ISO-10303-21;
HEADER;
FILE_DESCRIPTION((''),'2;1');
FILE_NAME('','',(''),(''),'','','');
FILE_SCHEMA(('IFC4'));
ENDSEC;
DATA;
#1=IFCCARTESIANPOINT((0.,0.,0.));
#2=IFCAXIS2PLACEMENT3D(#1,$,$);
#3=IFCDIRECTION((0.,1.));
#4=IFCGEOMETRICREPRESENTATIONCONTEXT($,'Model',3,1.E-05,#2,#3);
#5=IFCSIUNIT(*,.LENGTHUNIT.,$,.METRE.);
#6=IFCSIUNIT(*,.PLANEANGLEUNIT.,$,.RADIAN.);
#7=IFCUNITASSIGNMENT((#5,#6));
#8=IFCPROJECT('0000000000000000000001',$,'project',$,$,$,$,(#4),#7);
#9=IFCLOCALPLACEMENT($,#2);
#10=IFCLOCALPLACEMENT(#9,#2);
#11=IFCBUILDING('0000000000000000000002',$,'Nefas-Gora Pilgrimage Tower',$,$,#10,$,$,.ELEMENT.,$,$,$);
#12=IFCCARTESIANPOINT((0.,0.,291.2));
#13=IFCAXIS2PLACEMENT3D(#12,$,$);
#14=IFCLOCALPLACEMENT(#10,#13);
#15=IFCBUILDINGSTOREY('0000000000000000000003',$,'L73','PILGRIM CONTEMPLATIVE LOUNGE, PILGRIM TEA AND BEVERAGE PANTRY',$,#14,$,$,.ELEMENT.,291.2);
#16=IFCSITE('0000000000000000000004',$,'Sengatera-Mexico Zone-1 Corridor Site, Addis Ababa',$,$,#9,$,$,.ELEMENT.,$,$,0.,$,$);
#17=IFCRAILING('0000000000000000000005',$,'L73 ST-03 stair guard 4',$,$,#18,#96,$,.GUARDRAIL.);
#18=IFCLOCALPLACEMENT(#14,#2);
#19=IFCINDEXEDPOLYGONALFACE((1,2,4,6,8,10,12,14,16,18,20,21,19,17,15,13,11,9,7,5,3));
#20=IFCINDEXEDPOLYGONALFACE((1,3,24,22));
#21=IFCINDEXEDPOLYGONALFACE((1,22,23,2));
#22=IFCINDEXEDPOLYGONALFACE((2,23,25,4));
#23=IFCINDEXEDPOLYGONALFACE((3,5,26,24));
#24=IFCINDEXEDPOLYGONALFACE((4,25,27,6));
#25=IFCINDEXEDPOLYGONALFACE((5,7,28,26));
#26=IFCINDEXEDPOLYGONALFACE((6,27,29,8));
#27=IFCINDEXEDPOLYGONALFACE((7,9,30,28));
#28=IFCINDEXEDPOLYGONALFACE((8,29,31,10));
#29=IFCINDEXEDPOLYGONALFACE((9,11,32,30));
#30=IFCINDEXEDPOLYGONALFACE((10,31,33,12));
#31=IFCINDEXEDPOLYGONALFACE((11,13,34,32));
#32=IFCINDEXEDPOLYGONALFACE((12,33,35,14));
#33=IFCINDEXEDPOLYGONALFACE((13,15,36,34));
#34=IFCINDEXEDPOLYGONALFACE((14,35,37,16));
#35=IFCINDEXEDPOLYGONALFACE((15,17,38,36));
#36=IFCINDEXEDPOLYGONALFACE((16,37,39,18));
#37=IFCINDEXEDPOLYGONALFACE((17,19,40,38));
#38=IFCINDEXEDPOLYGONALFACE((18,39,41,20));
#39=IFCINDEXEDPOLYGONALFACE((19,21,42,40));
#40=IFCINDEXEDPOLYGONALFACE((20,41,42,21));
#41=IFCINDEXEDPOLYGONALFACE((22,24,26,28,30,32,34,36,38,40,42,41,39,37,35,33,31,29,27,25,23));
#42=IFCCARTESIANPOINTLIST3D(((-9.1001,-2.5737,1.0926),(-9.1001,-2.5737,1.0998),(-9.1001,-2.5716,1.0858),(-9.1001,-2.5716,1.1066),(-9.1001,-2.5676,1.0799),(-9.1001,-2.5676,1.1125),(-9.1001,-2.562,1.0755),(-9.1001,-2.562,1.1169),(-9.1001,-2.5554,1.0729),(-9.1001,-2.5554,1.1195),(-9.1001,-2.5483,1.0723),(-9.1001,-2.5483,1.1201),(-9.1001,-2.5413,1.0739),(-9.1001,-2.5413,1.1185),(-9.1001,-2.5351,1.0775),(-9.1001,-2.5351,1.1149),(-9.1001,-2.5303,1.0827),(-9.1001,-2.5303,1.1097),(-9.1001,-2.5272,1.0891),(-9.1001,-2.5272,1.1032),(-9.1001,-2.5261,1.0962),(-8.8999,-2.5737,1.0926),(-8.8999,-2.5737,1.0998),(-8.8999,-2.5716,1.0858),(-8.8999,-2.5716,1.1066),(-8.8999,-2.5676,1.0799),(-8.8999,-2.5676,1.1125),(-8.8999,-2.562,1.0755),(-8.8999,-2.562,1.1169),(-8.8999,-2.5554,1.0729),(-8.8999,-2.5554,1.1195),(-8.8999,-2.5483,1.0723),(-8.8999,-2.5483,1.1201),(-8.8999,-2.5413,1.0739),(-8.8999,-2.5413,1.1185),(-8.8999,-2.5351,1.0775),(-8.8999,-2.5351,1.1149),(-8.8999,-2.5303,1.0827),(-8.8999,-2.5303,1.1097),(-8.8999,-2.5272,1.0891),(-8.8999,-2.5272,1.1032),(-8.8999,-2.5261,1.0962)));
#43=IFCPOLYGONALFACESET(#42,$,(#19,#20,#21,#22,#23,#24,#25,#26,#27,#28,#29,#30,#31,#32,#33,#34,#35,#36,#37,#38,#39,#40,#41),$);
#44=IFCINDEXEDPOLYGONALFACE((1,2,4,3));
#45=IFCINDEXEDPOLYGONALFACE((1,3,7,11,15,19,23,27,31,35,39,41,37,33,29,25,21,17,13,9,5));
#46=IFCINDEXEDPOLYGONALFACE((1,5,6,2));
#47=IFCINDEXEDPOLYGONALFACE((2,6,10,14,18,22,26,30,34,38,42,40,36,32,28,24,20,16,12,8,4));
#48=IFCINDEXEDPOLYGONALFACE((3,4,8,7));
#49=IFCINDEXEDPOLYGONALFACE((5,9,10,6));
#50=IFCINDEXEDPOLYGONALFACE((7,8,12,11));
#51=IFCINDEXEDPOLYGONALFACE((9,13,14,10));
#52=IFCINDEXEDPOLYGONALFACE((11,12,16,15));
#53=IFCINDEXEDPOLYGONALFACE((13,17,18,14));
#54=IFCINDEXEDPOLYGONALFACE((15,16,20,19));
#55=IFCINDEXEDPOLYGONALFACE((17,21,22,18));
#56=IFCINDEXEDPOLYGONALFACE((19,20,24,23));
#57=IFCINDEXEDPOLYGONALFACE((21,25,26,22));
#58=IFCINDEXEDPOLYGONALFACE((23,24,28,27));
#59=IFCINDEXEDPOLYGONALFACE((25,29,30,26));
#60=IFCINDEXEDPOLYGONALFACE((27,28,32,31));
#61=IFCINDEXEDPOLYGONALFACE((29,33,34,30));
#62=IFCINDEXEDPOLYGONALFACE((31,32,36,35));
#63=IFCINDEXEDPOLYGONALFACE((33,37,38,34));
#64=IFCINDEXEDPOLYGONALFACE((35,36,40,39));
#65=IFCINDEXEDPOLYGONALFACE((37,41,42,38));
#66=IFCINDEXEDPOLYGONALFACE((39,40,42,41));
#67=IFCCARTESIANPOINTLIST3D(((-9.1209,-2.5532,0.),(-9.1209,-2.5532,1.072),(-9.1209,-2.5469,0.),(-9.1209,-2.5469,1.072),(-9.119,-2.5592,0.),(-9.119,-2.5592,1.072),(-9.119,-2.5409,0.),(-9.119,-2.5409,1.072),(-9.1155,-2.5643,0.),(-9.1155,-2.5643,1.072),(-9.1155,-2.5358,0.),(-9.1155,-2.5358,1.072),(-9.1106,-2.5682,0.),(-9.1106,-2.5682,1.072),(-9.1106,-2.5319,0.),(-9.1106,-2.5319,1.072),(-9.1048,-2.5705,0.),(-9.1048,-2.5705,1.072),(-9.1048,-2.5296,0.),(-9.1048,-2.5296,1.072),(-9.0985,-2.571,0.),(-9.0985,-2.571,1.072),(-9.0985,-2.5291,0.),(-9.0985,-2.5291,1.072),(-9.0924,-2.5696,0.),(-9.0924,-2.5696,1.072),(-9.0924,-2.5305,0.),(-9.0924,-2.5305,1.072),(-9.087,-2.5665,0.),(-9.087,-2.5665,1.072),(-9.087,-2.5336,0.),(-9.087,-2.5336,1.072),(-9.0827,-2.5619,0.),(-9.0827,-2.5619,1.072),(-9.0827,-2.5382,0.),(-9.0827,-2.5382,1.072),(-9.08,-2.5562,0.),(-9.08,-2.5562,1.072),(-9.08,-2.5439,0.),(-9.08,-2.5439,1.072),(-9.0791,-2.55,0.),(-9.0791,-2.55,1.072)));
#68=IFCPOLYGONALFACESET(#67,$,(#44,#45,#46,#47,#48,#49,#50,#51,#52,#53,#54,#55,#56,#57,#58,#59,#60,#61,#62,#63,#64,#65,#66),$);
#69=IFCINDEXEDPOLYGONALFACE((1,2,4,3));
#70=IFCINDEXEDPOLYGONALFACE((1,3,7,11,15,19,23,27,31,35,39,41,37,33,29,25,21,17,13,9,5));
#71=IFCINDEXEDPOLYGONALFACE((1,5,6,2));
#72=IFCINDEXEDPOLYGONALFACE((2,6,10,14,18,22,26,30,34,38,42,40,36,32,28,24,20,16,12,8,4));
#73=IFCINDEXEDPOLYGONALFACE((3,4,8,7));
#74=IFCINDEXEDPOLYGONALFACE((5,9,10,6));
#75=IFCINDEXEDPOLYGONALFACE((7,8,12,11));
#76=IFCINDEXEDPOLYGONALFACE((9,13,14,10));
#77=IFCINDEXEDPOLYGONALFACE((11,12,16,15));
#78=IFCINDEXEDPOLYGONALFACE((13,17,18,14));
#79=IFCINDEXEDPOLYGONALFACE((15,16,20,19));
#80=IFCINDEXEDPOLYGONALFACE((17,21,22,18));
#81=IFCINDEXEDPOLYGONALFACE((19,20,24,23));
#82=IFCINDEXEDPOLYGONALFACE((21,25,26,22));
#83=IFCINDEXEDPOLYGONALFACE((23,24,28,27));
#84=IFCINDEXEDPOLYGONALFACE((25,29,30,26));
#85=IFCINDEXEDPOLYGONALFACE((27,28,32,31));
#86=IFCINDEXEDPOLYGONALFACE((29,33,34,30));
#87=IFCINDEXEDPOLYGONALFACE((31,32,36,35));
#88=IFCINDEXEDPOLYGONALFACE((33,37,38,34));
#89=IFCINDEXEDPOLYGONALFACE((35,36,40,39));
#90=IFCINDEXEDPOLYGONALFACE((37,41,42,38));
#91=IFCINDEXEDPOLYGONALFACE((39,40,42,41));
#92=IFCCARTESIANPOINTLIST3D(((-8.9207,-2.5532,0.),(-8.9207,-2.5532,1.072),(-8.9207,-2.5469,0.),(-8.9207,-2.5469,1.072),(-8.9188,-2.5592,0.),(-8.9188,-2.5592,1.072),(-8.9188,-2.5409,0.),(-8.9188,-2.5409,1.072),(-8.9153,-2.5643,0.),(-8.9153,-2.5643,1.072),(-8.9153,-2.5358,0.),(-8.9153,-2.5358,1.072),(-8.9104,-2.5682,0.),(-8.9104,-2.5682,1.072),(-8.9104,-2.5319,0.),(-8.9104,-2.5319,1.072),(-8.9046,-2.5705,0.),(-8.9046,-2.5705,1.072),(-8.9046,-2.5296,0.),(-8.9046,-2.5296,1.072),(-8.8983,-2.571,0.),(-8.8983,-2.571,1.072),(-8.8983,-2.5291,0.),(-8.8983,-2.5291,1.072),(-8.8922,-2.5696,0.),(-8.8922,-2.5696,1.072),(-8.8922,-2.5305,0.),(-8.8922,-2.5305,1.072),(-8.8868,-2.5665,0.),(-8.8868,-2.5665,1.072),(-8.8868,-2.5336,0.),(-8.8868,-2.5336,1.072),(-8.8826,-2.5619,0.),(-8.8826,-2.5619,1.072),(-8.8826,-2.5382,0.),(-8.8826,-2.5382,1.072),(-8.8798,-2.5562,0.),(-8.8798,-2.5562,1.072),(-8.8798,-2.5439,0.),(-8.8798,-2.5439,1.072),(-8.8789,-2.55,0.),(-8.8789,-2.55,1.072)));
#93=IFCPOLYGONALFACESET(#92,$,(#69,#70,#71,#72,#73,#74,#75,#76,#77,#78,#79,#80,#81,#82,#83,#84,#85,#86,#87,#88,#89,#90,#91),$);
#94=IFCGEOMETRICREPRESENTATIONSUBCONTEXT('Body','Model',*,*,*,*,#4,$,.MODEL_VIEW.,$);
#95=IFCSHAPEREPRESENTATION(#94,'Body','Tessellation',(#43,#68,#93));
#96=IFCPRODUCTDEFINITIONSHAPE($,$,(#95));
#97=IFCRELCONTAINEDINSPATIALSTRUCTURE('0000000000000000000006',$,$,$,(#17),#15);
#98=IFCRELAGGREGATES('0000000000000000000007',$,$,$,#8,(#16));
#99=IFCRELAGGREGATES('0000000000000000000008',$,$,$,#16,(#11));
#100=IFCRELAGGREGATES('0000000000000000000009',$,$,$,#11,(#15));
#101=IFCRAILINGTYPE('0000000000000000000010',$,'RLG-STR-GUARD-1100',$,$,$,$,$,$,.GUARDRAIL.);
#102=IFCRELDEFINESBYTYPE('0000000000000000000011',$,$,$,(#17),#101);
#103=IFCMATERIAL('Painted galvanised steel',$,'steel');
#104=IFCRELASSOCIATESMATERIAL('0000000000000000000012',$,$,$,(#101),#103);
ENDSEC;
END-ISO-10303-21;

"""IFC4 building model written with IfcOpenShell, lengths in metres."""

from ifc_helpers import new_model, si_unit, direction, frame, origin, origin_2d, place, context, subcontext, project, spatial, circle, extrude, material, type_object, element, save


model = new_model("IFC4")

# Units and contexts
model_context = context("Model", 3, precision=1e-05, world=origin(), true_north=direction((0.0, 1.0)))
body_context = subcontext(model_context, "Body", "Model", "MODEL_VIEW")
ifc_project = project(units=[si_unit("LENGTHUNIT", "METRE"), si_unit("PLANEANGLEUNIT", "RADIAN")], contexts=[model_context])

# Site, building, storey
site_placement = place(None, origin())
site = spatial("IfcSite", under=ifc_project, at=site_placement, Name="Sengatera-Mexico Zone-1 Corridor Site, Addis Ababa", CompositionType="ELEMENT", RefElevation=0.0)
building_placement = place(site_placement, origin())
building = spatial("IfcBuilding", under=site, at=building_placement, Name="Nefas-Gora Pilgrimage Tower", CompositionType="ELEMENT")
storey_placement = place(building_placement, frame((0.0, 0.0, 291.2)))
storey = spatial("IfcBuildingStorey", under=building, at=storey_placement, Name="L73", Description="PILGRIM CONTEMPLATIVE LOUNGE, PILGRIM TEA AND BEVERAGE PANTRY", CompositionType="ELEMENT", Elevation=291.2)

# Railing
ifc_material_1 = material(Name="Painted galvanised steel", Category="steel")
railing_type_1 = type_object("IfcRailingType", Name="RLG-STR-GUARD-1100", PredefinedType="GUARDRAIL", material=ifc_material_1)
railing_1_placement = place(storey_placement, frame((-9.1001, -2.55, 0.0)))
element("IfcRailing", 1, at=railing_1_placement, inside=storey, type_object=railing_type_1, Name="L73 ST-03 stair guard 4", PredefinedType="GUARDRAIL", context=body_context, shape_type="SweptSolid", body=[
    extrude(circle(Radius=0.0239, at=origin_2d()), frame((0.0, 0.0, 1.0962), z_axis=(1.0, 0.0, 0.0), x_axis=(0.0, 1.0, 0.0)), (0.0, 0.0, 1.0), 0.2002),
    extrude(circle(Radius=0.021, at=origin_2d()), origin(), (0.0, 0.0, 1.0), 1.072),
    extrude(circle(Radius=0.021, at=origin_2d()), frame((0.2002, 0.0, 0.0)), (0.0, 0.0, 1.0), 1.072),
])

save(model, "model.ifc")
